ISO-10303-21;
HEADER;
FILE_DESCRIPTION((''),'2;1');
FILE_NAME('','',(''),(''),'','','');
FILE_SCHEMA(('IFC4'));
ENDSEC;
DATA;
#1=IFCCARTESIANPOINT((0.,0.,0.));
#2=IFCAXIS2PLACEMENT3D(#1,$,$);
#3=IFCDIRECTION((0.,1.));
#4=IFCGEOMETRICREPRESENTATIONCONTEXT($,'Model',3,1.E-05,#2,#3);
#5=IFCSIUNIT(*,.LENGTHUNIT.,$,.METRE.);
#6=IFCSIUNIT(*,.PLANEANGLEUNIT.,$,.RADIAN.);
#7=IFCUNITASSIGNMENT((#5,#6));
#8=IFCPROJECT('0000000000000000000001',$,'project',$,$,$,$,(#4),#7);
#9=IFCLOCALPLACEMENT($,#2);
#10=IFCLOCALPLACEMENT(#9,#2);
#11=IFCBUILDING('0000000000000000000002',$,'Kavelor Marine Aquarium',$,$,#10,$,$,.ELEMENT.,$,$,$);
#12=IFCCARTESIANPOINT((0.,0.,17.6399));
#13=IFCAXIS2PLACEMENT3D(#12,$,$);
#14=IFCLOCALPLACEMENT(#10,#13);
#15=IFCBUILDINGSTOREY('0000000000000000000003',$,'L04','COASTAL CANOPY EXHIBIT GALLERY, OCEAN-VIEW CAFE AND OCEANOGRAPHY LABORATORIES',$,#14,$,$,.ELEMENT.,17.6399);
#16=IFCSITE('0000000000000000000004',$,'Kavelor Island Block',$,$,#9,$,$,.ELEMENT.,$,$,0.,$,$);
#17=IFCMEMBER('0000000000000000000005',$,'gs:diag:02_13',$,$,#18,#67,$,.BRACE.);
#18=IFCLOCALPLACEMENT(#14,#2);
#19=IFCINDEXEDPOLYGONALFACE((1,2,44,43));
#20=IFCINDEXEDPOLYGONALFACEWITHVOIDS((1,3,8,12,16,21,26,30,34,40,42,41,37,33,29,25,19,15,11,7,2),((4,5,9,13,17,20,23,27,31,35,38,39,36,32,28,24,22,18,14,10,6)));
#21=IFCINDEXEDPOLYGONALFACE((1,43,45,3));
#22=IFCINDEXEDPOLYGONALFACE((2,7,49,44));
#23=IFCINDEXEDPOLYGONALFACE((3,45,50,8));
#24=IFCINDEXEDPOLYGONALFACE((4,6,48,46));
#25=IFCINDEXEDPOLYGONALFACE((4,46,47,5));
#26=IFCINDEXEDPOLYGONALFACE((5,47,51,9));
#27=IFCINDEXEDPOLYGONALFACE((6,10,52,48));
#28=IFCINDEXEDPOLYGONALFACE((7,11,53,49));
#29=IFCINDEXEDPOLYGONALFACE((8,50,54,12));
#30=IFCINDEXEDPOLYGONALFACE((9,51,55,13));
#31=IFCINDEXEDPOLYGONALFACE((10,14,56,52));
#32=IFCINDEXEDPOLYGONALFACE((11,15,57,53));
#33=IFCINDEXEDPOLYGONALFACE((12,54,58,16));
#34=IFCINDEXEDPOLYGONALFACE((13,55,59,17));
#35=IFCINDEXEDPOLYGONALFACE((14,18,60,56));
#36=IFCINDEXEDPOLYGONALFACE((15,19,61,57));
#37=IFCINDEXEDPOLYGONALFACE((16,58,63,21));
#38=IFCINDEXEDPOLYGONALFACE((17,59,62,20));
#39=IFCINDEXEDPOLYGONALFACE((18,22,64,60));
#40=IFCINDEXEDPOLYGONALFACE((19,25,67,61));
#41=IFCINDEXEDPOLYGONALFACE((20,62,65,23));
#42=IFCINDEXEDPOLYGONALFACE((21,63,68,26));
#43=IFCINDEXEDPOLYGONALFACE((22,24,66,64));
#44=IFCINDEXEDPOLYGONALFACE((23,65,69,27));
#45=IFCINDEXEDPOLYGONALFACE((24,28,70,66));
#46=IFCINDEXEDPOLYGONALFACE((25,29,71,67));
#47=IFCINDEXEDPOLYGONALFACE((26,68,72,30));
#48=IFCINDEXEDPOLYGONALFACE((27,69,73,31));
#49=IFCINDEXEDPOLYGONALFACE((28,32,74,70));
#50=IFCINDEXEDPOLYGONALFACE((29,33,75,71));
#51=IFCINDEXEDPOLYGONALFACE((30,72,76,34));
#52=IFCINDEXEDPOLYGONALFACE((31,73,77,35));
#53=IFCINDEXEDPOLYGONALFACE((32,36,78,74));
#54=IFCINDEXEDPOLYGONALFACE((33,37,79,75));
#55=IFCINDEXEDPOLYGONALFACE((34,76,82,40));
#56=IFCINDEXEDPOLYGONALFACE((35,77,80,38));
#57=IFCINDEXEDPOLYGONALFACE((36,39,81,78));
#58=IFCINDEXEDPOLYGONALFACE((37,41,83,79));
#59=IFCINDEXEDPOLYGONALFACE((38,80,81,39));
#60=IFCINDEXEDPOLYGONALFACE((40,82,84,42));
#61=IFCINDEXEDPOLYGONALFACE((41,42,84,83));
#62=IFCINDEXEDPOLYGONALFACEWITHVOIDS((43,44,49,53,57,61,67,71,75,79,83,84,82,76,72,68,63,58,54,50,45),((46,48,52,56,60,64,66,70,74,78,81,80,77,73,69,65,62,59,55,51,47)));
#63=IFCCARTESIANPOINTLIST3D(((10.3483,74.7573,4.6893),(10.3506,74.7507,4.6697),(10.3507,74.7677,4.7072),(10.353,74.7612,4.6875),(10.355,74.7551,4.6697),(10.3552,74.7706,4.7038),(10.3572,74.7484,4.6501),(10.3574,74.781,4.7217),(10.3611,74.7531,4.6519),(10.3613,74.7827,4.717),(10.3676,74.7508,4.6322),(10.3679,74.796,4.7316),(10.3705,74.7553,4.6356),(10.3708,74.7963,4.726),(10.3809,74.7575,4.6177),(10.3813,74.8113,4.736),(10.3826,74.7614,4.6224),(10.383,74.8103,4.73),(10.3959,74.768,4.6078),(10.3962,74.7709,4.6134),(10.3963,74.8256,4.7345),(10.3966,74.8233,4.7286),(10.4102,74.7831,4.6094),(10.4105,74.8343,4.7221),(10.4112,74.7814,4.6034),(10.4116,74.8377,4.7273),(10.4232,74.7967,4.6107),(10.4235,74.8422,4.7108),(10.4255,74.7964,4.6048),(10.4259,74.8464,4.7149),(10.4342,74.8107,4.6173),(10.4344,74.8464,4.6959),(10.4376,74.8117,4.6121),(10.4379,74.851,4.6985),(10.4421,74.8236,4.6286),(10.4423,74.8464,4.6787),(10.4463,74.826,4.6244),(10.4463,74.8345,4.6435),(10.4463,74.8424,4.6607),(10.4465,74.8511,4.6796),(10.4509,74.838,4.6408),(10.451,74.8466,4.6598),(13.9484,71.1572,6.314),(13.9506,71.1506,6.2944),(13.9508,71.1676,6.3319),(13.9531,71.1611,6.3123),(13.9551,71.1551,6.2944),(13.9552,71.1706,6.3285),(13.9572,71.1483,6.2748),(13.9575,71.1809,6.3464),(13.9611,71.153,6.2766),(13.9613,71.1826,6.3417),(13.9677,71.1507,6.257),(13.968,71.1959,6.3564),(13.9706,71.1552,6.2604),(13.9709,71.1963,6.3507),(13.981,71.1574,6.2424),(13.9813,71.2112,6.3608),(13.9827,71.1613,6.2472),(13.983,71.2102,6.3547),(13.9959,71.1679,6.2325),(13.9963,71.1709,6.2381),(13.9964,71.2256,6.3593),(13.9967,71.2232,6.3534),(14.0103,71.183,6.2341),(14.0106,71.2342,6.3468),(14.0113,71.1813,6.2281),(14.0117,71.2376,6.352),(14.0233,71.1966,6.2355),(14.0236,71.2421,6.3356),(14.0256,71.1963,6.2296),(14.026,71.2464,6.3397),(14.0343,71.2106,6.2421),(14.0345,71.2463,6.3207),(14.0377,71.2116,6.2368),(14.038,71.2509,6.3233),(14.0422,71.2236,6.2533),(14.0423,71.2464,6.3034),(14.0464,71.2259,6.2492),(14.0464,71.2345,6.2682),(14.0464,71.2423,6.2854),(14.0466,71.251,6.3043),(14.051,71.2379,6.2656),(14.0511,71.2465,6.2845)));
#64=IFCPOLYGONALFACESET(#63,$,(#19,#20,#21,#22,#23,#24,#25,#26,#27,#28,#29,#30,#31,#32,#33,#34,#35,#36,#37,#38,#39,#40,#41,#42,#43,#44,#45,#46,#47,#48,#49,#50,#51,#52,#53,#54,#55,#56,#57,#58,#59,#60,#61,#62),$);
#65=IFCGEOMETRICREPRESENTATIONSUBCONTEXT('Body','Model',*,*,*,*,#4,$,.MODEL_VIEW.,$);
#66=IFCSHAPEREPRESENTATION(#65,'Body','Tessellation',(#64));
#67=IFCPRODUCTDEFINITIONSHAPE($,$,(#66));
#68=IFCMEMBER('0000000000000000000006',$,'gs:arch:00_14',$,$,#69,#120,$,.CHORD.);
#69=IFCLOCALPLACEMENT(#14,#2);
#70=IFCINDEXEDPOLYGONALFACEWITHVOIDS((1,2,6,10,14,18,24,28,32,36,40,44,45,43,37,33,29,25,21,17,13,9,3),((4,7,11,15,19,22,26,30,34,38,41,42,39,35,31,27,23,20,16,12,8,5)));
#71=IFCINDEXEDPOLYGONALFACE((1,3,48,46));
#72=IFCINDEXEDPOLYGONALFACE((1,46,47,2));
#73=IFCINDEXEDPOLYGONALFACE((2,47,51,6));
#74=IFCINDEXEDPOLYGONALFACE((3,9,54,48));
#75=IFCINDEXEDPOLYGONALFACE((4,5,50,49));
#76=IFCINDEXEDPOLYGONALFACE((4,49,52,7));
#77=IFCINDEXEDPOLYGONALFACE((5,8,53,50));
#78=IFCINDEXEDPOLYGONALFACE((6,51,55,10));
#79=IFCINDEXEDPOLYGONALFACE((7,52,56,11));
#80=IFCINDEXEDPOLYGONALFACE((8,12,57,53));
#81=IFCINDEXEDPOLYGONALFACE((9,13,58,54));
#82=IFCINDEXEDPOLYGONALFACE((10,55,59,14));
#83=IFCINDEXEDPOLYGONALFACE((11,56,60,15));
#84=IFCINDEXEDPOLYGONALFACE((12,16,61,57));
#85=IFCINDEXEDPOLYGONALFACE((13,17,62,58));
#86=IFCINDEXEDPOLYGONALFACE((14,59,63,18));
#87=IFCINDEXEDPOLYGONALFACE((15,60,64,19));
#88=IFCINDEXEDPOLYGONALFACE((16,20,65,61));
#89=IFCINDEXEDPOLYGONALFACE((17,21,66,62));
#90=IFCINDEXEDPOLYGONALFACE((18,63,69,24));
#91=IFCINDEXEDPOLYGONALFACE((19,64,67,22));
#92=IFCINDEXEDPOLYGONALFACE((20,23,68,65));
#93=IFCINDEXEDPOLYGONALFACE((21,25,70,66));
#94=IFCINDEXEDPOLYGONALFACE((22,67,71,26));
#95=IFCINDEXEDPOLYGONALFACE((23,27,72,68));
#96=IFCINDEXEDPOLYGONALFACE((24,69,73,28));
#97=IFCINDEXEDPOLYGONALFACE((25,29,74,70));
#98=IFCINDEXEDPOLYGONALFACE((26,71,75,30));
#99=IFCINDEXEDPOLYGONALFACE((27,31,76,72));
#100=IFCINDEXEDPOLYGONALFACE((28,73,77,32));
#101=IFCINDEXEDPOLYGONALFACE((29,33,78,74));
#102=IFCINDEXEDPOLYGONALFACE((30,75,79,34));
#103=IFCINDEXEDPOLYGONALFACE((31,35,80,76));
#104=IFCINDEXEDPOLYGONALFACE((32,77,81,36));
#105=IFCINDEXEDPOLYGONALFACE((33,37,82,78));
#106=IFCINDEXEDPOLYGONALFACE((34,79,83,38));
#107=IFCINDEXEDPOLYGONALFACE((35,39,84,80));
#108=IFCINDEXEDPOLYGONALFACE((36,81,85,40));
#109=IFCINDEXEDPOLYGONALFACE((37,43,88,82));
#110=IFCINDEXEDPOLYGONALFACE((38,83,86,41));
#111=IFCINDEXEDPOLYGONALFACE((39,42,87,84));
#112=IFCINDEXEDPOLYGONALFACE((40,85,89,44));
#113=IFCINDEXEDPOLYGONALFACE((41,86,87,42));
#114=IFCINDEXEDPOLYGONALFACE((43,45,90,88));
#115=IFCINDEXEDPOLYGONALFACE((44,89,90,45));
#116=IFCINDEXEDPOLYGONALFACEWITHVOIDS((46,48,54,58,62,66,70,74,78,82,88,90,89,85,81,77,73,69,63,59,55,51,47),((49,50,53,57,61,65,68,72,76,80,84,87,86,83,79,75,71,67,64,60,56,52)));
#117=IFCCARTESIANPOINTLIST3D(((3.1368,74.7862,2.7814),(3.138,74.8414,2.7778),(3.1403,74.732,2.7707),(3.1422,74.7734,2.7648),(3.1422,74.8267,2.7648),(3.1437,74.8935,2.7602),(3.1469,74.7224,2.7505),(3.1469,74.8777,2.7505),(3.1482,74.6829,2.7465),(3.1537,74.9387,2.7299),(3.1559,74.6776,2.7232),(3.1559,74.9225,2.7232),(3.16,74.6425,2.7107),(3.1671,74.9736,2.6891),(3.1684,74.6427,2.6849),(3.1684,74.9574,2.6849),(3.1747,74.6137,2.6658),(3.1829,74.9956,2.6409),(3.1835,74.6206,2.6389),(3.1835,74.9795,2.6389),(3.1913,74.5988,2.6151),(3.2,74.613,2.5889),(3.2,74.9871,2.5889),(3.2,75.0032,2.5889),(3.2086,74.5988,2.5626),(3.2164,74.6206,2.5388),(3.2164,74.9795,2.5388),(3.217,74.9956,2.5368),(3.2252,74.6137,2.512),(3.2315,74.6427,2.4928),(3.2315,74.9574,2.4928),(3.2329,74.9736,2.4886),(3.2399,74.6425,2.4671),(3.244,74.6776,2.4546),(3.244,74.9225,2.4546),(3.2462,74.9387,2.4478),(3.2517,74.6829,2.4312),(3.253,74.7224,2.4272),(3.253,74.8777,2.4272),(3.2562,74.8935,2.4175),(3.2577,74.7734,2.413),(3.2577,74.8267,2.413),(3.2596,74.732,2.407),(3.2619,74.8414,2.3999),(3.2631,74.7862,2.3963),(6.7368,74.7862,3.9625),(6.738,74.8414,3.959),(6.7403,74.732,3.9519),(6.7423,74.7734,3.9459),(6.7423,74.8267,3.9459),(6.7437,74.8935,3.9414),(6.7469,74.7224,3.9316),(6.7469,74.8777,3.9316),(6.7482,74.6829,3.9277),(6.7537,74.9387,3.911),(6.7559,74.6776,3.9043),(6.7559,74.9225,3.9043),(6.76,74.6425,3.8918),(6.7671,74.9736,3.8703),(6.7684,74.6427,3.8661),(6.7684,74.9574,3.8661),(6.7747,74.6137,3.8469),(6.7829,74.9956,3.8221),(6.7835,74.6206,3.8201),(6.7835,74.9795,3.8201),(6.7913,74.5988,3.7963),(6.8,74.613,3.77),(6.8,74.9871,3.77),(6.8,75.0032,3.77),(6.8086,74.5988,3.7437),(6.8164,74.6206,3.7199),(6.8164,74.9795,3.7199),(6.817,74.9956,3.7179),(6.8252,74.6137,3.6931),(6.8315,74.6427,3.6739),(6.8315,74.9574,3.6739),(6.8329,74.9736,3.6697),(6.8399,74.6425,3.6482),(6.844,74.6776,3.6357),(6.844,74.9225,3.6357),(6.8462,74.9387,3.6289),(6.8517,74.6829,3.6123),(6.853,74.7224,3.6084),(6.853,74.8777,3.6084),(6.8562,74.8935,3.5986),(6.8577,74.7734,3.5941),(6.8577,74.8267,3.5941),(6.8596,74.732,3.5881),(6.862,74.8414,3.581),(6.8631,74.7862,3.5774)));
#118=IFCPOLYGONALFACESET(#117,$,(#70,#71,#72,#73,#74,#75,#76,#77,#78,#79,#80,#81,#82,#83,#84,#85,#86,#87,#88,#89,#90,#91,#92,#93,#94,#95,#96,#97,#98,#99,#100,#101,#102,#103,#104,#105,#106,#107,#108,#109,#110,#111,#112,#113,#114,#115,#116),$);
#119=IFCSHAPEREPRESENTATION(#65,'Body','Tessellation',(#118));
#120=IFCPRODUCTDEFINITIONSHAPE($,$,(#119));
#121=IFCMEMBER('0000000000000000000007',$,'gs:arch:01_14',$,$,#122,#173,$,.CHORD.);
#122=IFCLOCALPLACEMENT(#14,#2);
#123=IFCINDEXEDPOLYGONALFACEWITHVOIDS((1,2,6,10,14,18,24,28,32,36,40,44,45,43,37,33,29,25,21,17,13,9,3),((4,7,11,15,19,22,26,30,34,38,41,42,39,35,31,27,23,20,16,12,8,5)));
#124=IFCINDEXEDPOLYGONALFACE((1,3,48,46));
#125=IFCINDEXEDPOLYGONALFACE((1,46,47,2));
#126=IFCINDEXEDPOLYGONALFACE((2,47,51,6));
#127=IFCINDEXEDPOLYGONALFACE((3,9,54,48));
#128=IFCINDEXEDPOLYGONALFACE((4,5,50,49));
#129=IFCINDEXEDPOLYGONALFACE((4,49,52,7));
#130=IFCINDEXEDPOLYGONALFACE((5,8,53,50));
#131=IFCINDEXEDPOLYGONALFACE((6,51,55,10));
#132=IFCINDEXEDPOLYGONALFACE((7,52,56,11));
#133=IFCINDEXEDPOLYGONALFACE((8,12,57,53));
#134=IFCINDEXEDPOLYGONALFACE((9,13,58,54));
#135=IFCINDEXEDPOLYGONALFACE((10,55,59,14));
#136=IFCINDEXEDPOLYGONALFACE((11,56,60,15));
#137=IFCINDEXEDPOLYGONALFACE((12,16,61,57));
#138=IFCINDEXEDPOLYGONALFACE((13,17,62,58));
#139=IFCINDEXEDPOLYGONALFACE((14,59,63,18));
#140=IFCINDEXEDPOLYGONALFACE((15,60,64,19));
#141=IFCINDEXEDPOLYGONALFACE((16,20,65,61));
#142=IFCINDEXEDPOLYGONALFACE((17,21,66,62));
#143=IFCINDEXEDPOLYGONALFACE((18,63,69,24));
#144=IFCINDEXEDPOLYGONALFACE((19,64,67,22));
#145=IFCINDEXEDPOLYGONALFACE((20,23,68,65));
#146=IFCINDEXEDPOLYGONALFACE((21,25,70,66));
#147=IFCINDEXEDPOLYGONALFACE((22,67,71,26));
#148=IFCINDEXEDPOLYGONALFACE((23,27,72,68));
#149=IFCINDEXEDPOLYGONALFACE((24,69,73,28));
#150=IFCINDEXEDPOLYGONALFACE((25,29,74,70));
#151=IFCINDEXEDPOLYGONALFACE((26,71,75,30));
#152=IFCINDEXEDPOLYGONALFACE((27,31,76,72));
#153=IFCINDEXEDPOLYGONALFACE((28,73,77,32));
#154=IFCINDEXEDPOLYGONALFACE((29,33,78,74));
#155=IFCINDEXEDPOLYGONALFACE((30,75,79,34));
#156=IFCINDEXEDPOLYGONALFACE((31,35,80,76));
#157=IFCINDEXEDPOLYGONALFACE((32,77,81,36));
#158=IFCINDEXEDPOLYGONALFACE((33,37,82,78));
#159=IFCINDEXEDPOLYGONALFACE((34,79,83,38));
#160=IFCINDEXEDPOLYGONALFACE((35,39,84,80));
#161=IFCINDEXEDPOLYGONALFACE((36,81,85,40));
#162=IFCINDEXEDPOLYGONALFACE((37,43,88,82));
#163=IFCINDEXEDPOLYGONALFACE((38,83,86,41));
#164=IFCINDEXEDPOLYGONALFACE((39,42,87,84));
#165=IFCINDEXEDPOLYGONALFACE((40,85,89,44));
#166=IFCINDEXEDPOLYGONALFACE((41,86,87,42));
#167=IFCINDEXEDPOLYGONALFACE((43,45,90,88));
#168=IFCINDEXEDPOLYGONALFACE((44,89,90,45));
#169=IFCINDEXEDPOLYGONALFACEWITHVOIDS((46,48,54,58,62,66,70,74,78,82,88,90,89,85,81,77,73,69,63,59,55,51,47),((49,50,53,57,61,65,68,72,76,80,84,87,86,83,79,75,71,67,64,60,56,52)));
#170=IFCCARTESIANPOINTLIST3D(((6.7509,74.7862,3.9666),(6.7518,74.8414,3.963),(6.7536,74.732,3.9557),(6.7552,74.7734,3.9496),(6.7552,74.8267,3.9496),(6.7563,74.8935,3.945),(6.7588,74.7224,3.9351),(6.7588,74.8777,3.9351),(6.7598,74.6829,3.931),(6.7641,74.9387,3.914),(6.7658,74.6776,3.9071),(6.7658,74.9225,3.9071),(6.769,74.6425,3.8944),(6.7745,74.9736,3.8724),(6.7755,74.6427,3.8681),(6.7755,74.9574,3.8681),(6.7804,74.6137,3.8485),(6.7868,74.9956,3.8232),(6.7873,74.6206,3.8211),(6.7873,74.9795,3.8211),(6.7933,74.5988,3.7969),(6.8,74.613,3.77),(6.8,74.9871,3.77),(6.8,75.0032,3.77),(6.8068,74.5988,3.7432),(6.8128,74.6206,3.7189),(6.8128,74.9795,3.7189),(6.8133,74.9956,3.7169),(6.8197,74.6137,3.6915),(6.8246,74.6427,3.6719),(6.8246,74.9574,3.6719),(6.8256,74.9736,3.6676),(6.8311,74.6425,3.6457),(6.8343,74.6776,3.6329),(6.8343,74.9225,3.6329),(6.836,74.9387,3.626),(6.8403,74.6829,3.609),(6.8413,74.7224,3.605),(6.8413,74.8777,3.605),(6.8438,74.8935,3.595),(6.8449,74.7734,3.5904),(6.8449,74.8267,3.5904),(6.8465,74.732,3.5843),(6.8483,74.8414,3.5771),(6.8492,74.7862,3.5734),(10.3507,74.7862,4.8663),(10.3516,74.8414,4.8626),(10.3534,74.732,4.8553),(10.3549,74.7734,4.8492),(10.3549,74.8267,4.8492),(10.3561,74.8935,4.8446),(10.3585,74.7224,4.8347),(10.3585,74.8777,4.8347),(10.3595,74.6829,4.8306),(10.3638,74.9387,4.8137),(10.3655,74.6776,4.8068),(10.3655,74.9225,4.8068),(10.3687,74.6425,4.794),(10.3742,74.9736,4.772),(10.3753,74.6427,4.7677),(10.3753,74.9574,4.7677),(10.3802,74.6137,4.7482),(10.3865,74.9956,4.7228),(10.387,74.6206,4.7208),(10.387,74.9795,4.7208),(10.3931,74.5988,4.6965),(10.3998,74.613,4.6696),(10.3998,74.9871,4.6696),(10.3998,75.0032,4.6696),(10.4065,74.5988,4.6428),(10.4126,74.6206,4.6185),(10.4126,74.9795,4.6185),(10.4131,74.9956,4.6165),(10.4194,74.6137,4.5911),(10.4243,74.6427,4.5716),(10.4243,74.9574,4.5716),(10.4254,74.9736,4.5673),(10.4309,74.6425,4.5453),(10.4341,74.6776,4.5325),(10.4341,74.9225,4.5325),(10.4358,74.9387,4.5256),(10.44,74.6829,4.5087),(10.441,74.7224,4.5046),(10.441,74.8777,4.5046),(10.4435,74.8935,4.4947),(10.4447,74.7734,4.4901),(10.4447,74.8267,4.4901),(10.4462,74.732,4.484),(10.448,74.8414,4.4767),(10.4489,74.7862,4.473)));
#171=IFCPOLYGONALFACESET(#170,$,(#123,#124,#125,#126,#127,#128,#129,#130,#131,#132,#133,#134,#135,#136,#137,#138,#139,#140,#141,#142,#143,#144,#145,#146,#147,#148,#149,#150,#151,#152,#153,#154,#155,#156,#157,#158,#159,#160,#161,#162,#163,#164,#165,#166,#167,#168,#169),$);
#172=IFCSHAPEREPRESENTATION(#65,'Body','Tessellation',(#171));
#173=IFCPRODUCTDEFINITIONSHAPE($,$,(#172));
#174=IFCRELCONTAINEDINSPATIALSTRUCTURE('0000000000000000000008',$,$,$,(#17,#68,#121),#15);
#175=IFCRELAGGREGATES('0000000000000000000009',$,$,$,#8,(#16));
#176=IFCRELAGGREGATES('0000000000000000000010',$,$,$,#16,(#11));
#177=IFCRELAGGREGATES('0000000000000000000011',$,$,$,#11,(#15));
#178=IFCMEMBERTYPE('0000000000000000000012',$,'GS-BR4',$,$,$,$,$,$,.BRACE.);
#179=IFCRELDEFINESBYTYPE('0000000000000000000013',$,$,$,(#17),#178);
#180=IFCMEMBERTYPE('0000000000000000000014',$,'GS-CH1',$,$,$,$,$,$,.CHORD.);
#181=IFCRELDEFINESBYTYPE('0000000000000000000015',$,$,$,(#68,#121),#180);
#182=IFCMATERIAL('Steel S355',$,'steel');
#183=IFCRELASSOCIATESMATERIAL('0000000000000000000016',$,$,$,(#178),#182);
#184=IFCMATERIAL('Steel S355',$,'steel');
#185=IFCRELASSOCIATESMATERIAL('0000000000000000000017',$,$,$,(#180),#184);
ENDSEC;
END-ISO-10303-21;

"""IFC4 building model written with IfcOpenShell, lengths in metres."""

from ifc_helpers import new_model, si_unit, direction, frame, origin, origin_2d, place, context, subcontext, project, spatial, hollow_circle, extrude, material, material_profile, profile_set, type_object, element, save


model = new_model("IFC4")

# Units and contexts
model_context = context("Model", 3, precision=1e-05, world=origin(), true_north=direction((0.0, 1.0)))
body_context = subcontext(model_context, "Body", "Model", "MODEL_VIEW")
ifc_project = project(units=[si_unit("LENGTHUNIT", "METRE"), si_unit("PLANEANGLEUNIT", "RADIAN")], contexts=[model_context])

# Site, building, storey
site_placement = place(None, origin())
site = spatial("IfcSite", under=ifc_project, at=site_placement, Name="Kavelor Island Block", CompositionType="ELEMENT", RefElevation=0.0)
building_placement = place(site_placement, origin())
building = spatial("IfcBuilding", under=site, at=building_placement, Name="Kavelor Marine Aquarium", CompositionType="ELEMENT")
storey_placement = place(building_placement, frame((0.0, 0.0, 17.6399)))
storey = spatial("IfcBuildingStorey", under=building, at=storey_placement, Name="L04", Description="COASTAL CANOPY EXHIBIT GALLERY, OCEAN-VIEW CAFE AND OCEANOGRAPHY LABORATORIES", CompositionType="ELEMENT", Elevation=17.6399)

# Members
ifc_material_1 = material(Name="Steel S355", Category="steel")
ifc_material_profile_1 = material_profile(ifc_material_1, hollow_circle(Radius=0.0698, WallThickness=0.0063, at=origin_2d()), Name="CHS 139.7x6.3")
ifc_profile_set_1 = profile_set([ifc_material_profile_1], Name="Steel S355")
member_type_1 = type_object("IfcMemberType", Name="GS-BR4", PredefinedType="BRACE", material=ifc_profile_set_1)
member_1_placement = place(storey_placement, frame((14.0, 71.2, 6.2944), z_axis=(-0.673637, 0.673637, -0.304018), x_axis=(-0.707107, -0.707107, 0.0)))
element("IfcMember", 1, at=member_1_placement, inside=storey, type_object=member_type_1, Name="gs:diag:02_13", PredefinedType="BRACE", context=body_context, shape_type="SweptSolid", body=[
    extrude(hollow_circle(Radius=0.0698, WallThickness=0.0063, at=origin_2d()), origin(), (0.0, 0.0, 1.0), 5.3442),
])
ifc_material_2 = material(Name="Steel S355", Category="steel")
ifc_material_profile_2 = material_profile(ifc_material_2, hollow_circle(Radius=0.2031, WallThickness=0.0161, at=origin_2d()), Name="CHS 406.4x16.0")
ifc_profile_set_2 = profile_set([ifc_material_profile_2], Name="Steel S355")
member_type_2 = type_object("IfcMemberType", Name="GS-CH1", PredefinedType="CHORD", material=ifc_profile_set_2)
member_2_placement = place(storey_placement, frame((3.2, 74.8, 2.5889), z_axis=(0.950168, 0.0, 0.31174), x_axis=(0.0, 1.0, 0.0)))
element("IfcMember", 2, at=member_2_placement, inside=storey, type_object=member_type_2, Name="gs:arch:00_14", PredefinedType="CHORD", context=body_context, shape_type="SweptSolid", body=[
    extrude(hollow_circle(Radius=0.2031, WallThickness=0.0161, at=origin_2d()), origin(), (0.0, 0.0, 1.0), 3.7888),
])
member_3_placement = place(storey_placement, frame((6.8, 74.8, 3.77), z_axis=(0.970162, 0.0, 0.242458), x_axis=(0.0, 1.0, 0.0)))
element("IfcMember", 3, at=member_3_placement, inside=storey, type_object=member_type_2, Name="gs:arch:01_14", PredefinedType="CHORD", context=body_context, shape_type="SweptSolid", body=[
    extrude(hollow_circle(Radius=0.2031, WallThickness=0.0161, at=origin_2d()), origin(), (0.0, 0.0, 1.0), 3.7104),
])

save(model, "model.ifc")
